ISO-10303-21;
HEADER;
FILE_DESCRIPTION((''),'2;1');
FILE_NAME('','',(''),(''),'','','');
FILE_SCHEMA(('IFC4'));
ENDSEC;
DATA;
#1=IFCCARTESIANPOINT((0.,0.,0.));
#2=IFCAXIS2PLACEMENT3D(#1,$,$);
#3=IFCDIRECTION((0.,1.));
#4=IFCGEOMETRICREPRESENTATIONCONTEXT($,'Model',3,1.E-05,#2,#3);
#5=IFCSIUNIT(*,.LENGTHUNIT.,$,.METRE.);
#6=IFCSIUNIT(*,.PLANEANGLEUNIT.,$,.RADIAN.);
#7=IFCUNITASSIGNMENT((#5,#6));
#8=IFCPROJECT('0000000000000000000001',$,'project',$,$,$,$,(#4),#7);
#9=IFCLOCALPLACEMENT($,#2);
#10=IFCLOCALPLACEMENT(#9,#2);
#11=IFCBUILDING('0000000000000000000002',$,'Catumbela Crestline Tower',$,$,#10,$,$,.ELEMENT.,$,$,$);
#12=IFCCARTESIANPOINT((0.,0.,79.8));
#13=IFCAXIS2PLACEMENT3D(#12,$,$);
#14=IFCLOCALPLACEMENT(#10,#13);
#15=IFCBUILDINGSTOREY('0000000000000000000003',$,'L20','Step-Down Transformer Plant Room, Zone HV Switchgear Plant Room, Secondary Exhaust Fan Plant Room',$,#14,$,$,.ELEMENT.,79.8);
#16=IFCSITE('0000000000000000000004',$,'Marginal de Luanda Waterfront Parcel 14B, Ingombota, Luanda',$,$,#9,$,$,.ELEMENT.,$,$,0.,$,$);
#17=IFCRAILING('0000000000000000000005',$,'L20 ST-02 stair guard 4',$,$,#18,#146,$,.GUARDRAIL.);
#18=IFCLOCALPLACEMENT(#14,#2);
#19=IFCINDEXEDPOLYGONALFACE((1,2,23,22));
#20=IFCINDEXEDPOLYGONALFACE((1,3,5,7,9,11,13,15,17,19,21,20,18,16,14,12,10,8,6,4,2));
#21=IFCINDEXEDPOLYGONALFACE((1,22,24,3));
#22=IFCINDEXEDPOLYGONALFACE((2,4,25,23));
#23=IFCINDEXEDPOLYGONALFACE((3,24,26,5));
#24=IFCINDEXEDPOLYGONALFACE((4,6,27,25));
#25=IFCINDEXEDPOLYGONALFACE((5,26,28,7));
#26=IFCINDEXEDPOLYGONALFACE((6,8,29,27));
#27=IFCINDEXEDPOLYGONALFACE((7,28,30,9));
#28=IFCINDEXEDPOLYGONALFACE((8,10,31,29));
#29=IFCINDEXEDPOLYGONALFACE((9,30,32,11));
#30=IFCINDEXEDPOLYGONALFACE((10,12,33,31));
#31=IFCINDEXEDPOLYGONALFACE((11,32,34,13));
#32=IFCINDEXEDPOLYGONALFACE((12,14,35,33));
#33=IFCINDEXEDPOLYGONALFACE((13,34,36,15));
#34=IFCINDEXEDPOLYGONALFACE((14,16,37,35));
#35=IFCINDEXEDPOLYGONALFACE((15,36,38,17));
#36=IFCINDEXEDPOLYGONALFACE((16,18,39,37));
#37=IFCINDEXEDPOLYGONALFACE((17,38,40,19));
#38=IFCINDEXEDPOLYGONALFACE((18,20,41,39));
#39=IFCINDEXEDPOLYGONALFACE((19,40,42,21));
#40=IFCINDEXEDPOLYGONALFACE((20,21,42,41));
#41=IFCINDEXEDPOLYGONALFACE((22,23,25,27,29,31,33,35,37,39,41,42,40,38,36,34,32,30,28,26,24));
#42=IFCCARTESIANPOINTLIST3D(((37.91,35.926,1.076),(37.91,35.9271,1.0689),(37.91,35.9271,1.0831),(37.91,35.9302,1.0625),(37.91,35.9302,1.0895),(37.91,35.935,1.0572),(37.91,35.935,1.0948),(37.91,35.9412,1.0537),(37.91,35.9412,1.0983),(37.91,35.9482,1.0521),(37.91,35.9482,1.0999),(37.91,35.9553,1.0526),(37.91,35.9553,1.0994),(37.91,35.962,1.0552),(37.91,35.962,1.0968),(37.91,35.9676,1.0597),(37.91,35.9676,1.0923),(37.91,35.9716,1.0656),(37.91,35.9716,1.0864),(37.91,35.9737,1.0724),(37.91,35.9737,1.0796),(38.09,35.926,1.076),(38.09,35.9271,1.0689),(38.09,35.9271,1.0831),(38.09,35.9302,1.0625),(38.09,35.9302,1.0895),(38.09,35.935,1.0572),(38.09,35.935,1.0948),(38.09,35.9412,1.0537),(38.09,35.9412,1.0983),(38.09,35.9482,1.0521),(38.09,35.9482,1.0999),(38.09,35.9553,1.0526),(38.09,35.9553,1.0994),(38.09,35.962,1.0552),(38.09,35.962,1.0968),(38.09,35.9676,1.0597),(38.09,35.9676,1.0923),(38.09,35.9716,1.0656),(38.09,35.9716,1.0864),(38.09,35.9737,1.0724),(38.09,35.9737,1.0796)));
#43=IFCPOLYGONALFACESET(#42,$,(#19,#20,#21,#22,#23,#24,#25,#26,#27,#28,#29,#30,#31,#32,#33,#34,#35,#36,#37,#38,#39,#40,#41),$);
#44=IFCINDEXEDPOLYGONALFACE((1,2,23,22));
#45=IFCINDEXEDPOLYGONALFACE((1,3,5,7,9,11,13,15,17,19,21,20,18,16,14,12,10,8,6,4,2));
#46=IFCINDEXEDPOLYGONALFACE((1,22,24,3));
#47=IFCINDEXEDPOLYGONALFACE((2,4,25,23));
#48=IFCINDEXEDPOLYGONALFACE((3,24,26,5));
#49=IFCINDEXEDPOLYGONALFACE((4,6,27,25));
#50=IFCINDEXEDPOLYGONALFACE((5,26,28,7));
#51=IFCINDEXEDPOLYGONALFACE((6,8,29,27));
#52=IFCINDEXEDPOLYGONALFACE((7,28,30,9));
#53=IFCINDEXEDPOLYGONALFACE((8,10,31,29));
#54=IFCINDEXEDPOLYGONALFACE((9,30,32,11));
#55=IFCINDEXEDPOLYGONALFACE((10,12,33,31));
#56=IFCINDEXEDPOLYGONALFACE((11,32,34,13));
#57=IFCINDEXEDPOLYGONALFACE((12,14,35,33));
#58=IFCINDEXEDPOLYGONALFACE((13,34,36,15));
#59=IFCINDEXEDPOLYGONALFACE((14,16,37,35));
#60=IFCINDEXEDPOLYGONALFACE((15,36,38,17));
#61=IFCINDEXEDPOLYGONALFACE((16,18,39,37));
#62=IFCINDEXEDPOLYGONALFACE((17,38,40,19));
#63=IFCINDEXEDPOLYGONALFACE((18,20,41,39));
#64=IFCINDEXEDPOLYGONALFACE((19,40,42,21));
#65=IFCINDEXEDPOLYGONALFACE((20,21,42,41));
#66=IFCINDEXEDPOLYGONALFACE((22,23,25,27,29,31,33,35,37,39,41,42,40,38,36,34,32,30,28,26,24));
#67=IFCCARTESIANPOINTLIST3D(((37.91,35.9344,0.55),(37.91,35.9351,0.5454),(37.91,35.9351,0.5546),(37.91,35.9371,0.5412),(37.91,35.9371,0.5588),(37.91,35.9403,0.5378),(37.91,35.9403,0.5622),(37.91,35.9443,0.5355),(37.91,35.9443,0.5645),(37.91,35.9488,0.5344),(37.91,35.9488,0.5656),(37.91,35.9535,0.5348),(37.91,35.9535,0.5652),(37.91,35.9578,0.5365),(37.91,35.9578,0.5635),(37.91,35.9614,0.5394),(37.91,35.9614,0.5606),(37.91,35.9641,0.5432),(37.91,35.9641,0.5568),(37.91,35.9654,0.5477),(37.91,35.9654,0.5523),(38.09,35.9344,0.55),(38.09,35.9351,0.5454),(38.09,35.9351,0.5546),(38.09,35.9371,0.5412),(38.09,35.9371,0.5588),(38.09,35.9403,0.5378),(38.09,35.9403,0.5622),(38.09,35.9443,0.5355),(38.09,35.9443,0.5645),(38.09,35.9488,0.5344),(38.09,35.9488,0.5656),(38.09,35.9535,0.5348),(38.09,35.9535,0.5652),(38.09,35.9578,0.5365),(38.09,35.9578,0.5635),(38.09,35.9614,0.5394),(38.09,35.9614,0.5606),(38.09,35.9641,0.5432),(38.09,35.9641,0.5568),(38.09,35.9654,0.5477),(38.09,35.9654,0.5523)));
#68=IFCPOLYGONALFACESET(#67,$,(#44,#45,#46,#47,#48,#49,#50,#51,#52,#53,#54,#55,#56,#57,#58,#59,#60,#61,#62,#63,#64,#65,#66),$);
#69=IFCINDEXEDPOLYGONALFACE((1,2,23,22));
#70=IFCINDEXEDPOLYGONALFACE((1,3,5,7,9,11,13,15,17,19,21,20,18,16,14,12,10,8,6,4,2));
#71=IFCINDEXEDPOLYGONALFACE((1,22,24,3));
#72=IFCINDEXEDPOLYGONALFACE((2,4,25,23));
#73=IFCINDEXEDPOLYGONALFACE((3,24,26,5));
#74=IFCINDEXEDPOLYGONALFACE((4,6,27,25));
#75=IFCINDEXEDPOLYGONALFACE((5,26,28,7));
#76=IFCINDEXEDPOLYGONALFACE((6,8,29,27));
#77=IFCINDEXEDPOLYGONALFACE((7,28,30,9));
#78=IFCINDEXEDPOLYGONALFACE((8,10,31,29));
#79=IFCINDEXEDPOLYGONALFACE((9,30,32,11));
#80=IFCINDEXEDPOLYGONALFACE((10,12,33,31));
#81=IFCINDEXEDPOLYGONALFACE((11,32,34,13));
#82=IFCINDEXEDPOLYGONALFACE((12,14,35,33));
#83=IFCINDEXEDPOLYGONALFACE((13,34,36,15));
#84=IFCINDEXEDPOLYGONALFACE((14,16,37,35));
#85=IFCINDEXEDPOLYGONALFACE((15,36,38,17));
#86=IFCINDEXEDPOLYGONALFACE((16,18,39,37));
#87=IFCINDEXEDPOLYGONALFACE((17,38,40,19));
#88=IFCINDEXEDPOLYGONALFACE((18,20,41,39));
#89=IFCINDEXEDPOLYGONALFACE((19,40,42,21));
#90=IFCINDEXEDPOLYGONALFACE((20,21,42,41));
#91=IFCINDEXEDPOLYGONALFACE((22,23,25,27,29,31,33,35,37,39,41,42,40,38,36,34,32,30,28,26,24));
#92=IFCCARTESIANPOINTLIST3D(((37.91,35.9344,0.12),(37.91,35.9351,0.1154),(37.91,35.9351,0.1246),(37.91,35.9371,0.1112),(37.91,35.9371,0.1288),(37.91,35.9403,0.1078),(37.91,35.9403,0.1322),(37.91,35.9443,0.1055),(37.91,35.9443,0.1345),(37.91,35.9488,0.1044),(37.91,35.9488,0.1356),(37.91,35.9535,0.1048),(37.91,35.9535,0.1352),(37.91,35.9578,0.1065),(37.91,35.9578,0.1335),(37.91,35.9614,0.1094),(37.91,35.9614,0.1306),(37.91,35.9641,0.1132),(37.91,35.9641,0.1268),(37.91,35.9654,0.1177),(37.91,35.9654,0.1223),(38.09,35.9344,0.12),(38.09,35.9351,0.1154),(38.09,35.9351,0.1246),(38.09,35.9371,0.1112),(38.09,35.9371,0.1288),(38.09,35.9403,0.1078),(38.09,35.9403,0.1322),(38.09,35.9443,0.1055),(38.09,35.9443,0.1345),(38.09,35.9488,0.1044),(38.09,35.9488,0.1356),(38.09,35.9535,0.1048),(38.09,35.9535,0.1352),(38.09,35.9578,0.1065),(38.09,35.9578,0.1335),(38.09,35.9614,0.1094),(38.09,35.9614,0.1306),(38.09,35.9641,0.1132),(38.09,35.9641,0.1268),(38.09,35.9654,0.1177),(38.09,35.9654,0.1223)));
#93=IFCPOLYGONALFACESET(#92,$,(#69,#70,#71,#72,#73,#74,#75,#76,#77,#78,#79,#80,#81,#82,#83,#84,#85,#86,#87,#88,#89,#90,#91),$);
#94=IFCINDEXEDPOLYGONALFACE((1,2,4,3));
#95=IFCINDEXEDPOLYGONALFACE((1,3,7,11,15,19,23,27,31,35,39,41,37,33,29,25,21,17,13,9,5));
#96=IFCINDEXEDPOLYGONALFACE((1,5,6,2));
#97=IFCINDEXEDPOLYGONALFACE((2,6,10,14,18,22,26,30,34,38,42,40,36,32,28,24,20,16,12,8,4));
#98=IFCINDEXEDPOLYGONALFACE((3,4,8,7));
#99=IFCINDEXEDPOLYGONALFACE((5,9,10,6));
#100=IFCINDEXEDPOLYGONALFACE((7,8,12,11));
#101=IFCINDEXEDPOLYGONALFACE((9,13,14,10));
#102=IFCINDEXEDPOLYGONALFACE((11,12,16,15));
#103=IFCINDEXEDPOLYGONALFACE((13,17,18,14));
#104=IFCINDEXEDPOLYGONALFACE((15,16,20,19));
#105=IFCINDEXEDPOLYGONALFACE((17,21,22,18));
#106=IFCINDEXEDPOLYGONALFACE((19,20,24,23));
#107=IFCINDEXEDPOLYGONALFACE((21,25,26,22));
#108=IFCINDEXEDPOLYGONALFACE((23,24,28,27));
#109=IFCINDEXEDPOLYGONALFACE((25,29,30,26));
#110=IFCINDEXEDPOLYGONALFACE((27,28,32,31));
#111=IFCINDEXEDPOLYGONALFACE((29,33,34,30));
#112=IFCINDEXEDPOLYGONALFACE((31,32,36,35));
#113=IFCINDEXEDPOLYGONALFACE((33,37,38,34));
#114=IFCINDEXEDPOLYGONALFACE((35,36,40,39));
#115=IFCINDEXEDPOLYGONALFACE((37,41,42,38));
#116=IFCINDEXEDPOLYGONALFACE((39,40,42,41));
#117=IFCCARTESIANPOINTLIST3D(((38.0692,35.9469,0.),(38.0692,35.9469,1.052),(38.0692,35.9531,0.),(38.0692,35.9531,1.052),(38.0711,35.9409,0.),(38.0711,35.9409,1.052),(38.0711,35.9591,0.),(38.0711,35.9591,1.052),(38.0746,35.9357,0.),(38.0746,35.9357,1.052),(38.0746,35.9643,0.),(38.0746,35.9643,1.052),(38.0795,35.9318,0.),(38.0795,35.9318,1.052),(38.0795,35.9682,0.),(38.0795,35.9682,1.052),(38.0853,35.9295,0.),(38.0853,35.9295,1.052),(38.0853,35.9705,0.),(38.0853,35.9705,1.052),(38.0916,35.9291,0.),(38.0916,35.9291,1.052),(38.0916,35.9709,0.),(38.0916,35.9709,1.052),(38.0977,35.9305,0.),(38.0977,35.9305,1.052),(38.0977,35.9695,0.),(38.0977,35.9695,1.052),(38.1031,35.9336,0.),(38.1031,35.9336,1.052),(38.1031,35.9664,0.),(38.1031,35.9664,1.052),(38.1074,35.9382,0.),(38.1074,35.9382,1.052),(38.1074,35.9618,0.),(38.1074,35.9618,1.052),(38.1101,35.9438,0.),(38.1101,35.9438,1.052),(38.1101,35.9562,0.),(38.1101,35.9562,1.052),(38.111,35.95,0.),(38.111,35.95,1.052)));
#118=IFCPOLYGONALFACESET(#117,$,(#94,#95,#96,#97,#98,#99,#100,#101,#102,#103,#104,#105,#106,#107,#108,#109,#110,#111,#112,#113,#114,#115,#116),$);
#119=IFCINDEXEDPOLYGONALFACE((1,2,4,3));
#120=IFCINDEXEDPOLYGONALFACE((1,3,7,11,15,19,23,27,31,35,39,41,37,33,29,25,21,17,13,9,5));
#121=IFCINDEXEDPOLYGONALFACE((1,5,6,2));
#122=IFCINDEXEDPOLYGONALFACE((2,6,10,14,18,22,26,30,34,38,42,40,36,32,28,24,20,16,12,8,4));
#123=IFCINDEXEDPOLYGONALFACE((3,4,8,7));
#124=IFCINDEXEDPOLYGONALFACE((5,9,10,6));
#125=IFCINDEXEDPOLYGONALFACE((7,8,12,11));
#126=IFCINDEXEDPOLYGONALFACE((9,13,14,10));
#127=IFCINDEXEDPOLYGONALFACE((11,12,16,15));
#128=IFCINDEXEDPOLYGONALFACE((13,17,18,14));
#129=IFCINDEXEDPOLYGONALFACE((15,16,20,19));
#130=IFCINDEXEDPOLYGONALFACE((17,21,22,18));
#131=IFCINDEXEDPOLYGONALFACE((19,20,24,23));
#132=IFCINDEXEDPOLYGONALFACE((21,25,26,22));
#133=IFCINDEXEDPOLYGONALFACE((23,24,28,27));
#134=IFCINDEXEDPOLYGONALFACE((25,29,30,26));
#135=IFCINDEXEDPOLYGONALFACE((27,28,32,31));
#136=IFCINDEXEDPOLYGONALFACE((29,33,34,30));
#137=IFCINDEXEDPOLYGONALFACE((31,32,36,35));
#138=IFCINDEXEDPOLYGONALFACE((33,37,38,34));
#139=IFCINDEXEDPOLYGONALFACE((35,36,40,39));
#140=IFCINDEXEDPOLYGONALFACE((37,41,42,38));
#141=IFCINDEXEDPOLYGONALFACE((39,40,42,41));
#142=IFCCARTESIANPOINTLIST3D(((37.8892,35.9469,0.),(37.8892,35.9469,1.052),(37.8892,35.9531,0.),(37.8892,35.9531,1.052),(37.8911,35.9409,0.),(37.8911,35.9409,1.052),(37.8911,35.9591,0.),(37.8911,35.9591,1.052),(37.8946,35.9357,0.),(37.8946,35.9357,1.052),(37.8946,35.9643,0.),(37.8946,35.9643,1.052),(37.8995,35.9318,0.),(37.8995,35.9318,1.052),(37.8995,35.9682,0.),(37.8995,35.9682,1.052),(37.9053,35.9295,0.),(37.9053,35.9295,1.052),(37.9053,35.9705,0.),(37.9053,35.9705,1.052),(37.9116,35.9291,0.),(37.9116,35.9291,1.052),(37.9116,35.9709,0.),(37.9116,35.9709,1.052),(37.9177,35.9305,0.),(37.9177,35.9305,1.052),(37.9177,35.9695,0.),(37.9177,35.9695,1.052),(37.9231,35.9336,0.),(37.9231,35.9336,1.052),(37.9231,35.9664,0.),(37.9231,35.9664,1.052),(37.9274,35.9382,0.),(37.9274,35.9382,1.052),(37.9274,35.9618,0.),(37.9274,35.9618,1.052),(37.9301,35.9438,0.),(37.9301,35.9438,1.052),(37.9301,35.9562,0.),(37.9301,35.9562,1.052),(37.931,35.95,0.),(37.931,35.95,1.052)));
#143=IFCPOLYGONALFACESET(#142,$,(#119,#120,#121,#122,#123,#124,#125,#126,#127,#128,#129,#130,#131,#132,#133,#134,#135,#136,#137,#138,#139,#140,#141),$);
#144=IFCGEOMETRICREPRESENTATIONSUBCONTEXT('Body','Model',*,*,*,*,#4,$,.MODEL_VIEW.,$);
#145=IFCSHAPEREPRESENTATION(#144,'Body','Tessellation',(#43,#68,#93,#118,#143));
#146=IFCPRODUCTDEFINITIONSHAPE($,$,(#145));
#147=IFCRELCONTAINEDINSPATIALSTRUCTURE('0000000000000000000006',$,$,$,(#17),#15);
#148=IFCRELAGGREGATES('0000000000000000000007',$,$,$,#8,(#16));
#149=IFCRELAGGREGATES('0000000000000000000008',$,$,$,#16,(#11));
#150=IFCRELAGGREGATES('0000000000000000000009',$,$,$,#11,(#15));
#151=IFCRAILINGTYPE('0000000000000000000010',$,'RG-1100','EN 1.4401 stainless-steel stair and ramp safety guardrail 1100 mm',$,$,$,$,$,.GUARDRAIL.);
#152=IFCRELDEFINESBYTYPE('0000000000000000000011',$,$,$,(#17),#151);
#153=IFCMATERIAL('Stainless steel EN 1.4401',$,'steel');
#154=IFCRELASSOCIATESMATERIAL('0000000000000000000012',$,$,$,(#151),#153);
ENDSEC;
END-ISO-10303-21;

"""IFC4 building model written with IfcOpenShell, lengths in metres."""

from ifc_helpers import new_model, si_unit, direction, frame, origin, origin_2d, place, context, subcontext, project, spatial, circle, extrude, material, type_object, element, save


model = new_model("IFC4")

# Units and contexts
model_context = context("Model", 3, precision=1e-05, world=origin(), true_north=direction((0.0, 1.0)))
body_context = subcontext(model_context, "Body", "Model", "MODEL_VIEW")
ifc_project = project(units=[si_unit("LENGTHUNIT", "METRE"), si_unit("PLANEANGLEUNIT", "RADIAN")], contexts=[model_context])

# Site, building, storey
site_placement = place(None, origin())
site = spatial("IfcSite", under=ifc_project, at=site_placement, Name="Marginal de Luanda Waterfront Parcel 14B, Ingombota, Luanda", CompositionType="ELEMENT", RefElevation=0.0)
building_placement = place(site_placement, origin())
building = spatial("IfcBuilding", under=site, at=building_placement, Name="Catumbela Crestline Tower", CompositionType="ELEMENT")
storey_placement = place(building_placement, frame((0.0, 0.0, 79.8)))
storey = spatial("IfcBuildingStorey", under=building, at=storey_placement, Name="L20", Description="Step-Down Transformer Plant Room, Zone HV Switchgear Plant Room, Secondary Exhaust Fan Plant Room", CompositionType="ELEMENT", Elevation=79.8)

# Shared definitions
ifc_material_1 = material(Name="Stainless steel EN 1.4401", Category="steel")

# Railing
railing_type_1 = type_object("IfcRailingType", Name="RG-1100", Description="EN 1.4401 stainless-steel stair and ramp safety guardrail 1100 mm", PredefinedType="GUARDRAIL", material=ifc_material_1)
railing_1_placement = place(storey_placement, frame((38.09, 35.95, 0.0)))
element("IfcRailing", 1, at=railing_1_placement, inside=storey, type_object=railing_type_1, Name="L20 ST-02 stair guard 4", PredefinedType="GUARDRAIL", context=body_context, shape_type="SweptSolid", body=[
    extrude(circle(Radius=0.024, at=origin_2d()), frame((0.0, 0.0, 1.076), z_axis=(-1.0, 0.0, 0.0), x_axis=(0.0, -1.0, 0.0)), (0.0, 0.0, 1.0), 0.18),
    extrude(circle(Radius=0.0156, at=origin_2d()), frame((0.0, 0.0, 0.55), z_axis=(-1.0, 0.0, 0.0), x_axis=(0.0, -1.0, 0.0)), (0.0, 0.0, 1.0), 0.18),
    extrude(circle(Radius=0.0156, at=origin_2d()), frame((0.0, 0.0, 0.12), z_axis=(-1.0, 0.0, 0.0), x_axis=(0.0, -1.0, 0.0)), (0.0, 0.0, 1.0), 0.18),
    extrude(circle(Radius=0.021, at=origin_2d()), origin(), (0.0, 0.0, 1.0), 1.052),
    extrude(circle(Radius=0.021, at=origin_2d()), frame((-0.18, 0.0, 0.0)), (0.0, 0.0, 1.0), 1.052),
])

save(model, "model.ifc")
